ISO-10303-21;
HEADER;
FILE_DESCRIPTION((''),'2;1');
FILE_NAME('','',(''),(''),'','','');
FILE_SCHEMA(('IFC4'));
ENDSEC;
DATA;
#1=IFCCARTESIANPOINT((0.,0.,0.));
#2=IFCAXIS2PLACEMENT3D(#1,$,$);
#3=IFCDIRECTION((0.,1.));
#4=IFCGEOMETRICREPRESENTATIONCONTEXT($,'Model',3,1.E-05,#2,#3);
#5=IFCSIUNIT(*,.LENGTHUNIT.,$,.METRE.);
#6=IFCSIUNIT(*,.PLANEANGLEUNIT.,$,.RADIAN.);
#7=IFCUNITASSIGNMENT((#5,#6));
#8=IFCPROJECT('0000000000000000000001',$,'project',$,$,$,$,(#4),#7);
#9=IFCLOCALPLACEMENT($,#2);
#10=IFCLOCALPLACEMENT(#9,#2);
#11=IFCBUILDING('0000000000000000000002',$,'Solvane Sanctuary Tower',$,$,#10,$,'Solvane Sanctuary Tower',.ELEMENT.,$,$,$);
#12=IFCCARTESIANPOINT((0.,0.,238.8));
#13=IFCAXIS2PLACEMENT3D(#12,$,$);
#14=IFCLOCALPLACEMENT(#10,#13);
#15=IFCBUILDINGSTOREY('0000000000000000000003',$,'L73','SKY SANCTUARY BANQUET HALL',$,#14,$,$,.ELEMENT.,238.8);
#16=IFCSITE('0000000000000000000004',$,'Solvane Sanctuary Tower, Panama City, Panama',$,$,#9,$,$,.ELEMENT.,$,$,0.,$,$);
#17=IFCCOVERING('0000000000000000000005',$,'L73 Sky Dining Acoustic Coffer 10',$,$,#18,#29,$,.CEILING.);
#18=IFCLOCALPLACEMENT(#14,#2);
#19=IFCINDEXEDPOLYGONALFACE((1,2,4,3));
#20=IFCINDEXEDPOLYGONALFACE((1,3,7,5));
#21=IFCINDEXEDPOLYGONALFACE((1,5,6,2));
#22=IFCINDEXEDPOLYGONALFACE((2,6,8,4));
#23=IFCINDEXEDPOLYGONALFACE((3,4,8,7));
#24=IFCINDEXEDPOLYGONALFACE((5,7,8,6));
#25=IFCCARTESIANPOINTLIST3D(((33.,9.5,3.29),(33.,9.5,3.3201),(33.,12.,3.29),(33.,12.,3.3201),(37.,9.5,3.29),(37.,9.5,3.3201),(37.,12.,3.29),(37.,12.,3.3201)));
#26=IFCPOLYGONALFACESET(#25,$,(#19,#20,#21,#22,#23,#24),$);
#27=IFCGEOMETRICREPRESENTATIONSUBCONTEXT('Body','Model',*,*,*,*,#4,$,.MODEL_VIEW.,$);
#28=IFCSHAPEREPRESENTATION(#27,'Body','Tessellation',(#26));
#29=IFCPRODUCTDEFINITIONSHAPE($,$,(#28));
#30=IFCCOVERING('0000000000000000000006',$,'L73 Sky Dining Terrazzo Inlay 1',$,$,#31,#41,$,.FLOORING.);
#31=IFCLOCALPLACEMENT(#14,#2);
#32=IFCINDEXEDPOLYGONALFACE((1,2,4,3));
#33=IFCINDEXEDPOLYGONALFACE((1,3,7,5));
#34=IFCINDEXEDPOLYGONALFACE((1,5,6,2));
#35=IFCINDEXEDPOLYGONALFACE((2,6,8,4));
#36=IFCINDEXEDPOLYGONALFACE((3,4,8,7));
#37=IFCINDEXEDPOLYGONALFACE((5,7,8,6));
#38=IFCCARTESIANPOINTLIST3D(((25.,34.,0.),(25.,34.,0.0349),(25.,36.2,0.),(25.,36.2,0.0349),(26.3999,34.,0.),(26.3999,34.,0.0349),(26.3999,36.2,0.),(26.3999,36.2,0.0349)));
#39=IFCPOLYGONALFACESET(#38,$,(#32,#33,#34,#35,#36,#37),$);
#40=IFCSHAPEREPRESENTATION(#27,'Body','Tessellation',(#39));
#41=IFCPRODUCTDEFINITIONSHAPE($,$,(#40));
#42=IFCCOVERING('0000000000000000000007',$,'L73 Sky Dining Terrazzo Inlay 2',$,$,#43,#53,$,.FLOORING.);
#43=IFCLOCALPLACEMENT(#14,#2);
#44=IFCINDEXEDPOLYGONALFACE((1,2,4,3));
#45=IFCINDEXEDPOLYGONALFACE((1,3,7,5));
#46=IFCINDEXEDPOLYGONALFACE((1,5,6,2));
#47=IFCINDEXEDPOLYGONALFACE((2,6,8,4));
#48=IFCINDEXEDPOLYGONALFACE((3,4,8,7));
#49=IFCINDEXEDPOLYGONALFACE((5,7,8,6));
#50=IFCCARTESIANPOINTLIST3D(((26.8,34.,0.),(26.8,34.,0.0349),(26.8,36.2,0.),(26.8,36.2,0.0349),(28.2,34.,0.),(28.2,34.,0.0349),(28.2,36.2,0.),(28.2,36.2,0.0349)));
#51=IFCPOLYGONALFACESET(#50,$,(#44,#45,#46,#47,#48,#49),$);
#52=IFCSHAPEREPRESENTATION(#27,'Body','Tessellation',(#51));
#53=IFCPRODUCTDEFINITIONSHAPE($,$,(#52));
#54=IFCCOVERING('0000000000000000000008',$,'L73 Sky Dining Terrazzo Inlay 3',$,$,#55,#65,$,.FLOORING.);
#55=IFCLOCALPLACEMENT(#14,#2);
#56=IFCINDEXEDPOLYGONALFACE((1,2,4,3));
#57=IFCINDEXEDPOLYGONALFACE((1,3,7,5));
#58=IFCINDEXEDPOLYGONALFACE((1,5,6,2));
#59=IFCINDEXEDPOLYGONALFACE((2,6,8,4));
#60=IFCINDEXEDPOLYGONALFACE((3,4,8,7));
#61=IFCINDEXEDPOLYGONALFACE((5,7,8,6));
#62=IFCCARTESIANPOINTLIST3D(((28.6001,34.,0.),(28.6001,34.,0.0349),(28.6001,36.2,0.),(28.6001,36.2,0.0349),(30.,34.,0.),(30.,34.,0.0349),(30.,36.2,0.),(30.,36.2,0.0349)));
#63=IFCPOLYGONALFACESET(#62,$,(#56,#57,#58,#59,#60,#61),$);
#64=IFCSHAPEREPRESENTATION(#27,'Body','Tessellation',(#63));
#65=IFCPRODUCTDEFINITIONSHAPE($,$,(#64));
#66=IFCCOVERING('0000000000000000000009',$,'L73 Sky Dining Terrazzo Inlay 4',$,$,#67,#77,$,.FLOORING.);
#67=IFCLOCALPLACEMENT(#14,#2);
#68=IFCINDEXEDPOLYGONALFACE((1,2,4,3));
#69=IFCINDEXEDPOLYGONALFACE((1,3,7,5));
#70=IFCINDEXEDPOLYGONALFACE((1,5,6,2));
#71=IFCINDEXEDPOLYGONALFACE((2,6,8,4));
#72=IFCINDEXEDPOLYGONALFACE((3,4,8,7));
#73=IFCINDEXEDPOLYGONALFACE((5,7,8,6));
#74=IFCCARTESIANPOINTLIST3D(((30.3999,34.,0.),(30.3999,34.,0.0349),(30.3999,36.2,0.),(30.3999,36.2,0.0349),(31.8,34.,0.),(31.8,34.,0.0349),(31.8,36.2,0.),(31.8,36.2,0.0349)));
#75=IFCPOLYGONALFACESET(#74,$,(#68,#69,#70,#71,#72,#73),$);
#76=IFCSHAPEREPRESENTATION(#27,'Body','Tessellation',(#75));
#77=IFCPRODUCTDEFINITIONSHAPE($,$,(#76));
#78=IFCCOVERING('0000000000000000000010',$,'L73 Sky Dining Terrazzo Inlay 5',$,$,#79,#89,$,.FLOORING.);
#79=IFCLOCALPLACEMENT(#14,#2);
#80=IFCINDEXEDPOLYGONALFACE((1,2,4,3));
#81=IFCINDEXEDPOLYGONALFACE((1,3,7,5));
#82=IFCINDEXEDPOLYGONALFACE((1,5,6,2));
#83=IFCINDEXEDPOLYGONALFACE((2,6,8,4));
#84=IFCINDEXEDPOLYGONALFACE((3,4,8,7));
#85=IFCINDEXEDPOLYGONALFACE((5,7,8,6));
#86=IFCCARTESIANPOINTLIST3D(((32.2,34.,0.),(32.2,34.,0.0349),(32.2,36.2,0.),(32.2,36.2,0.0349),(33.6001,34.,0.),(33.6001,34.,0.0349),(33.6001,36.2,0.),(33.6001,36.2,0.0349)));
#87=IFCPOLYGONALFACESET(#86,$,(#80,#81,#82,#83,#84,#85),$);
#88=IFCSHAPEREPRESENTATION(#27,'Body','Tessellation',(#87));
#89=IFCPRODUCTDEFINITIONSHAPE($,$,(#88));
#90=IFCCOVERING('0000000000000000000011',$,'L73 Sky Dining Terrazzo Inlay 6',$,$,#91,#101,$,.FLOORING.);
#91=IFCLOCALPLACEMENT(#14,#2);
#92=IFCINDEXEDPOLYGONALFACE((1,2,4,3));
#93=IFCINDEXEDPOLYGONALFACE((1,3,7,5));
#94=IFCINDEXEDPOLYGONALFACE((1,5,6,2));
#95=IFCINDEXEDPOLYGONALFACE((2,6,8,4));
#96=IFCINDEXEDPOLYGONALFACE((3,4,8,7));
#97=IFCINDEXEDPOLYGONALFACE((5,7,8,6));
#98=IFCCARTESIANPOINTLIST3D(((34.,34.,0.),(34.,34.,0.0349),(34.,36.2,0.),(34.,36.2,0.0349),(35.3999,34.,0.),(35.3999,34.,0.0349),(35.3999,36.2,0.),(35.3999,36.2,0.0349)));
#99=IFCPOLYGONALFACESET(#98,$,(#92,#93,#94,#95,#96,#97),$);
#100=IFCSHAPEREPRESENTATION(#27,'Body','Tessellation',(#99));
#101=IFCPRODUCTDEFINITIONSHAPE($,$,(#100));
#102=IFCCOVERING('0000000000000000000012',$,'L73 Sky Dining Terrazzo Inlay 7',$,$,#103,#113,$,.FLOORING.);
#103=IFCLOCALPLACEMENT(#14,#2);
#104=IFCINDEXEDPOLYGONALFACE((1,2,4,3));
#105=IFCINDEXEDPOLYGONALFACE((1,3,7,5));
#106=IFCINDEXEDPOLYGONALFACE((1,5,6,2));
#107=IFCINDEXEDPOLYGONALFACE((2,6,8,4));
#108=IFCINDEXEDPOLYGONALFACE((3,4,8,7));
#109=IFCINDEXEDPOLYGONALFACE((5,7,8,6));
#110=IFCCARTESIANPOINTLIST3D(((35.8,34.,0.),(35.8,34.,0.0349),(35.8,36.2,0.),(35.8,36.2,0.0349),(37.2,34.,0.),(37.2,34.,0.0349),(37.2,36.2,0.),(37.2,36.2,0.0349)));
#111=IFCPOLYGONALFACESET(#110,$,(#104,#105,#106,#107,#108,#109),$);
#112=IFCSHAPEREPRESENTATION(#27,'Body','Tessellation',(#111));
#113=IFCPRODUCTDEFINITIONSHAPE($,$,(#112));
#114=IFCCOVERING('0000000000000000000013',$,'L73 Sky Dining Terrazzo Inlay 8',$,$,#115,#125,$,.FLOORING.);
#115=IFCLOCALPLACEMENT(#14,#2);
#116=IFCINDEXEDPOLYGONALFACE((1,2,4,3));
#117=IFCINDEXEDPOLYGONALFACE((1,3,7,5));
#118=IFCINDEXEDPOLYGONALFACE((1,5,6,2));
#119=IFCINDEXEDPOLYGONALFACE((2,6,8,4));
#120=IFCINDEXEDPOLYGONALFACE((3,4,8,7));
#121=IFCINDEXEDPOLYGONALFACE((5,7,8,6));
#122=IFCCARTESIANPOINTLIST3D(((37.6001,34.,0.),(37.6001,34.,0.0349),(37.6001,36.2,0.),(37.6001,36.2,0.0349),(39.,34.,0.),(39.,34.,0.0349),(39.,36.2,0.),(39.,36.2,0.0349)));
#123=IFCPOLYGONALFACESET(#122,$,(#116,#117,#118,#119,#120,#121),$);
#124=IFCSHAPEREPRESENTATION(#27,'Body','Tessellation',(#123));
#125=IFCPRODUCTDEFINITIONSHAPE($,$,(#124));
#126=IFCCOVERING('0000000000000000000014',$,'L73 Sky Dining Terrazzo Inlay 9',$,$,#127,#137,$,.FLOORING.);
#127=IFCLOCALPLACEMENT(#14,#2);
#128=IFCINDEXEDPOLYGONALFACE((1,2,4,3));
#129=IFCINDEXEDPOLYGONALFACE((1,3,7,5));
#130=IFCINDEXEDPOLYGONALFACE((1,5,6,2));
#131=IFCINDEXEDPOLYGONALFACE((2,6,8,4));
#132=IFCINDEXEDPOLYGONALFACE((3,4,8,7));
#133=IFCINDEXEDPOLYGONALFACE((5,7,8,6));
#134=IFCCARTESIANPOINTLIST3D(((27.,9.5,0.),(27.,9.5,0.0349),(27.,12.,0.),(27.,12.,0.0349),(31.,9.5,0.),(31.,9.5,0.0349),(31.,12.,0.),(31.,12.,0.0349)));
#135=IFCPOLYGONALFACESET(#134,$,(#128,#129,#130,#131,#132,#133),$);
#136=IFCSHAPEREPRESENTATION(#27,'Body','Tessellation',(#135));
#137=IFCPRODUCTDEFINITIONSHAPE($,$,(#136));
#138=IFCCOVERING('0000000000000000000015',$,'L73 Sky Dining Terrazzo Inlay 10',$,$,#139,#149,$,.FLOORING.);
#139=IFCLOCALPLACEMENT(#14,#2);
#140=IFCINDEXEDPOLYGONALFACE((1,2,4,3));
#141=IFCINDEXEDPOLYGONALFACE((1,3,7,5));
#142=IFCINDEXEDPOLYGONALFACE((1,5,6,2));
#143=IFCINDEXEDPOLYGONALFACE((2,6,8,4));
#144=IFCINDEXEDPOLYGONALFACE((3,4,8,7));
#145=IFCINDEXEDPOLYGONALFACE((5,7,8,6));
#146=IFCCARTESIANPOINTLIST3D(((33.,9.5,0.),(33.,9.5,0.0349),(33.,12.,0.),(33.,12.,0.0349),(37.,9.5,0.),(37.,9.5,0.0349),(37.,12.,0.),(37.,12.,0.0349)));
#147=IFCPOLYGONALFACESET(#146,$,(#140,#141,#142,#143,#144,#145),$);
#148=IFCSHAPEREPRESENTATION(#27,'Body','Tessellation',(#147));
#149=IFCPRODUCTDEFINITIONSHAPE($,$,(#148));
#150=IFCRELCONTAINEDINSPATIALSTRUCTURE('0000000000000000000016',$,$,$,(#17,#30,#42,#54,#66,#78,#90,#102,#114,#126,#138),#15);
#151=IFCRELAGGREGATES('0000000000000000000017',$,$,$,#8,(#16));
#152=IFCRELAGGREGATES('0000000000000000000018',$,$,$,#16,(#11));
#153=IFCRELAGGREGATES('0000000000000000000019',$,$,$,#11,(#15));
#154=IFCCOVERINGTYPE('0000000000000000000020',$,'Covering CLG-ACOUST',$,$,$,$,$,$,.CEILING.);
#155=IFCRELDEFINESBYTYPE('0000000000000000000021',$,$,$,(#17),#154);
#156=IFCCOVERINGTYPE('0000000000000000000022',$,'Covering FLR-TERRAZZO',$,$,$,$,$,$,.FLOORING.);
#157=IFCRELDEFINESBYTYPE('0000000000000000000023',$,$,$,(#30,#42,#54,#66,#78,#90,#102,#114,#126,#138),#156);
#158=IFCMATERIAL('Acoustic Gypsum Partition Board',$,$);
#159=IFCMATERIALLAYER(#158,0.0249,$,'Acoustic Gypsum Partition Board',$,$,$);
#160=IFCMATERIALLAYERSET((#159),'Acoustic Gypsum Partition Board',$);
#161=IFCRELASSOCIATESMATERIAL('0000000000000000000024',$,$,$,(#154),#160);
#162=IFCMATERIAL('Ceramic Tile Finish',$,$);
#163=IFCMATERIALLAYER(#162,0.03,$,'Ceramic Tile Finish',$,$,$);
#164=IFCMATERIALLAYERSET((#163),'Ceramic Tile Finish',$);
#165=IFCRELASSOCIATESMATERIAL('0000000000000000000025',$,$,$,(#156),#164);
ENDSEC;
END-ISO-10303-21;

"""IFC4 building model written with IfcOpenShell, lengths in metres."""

from ifc_helpers import new_model, si_unit, direction, frame, origin, place, context, subcontext, project, spatial, polyline, outline, extrude, material, layer, layer_set, type_object, element, save


model = new_model("IFC4")

# Units and contexts
model_context = context("Model", 3, precision=1e-05, world=origin(), true_north=direction((0.0, 1.0)))
body_context = subcontext(model_context, "Body", "Model", "MODEL_VIEW")
ifc_project = project(units=[si_unit("LENGTHUNIT", "METRE"), si_unit("PLANEANGLEUNIT", "RADIAN")], contexts=[model_context])

# Site, building, storey
site_placement = place(None, origin())
site = spatial("IfcSite", under=ifc_project, at=site_placement, Name="Solvane Sanctuary Tower, Panama City, Panama", CompositionType="ELEMENT", RefElevation=0.0)
building_placement = place(site_placement, origin())
building = spatial("IfcBuilding", under=site, at=building_placement, Name="Solvane Sanctuary Tower", LongName="Solvane Sanctuary Tower", CompositionType="ELEMENT")
storey_placement = place(building_placement, frame((0.0, 0.0, 238.8)))
storey = spatial("IfcBuildingStorey", under=building, at=storey_placement, Name="L73", Description="SKY SANCTUARY BANQUET HALL", CompositionType="ELEMENT", Elevation=238.8)

# Shared definitions
ifc_material_1 = material(Name="Acoustic Gypsum Partition Board")

# Coverings
ifc_layer_1 = layer(ifc_material_1, 0.0249, Name="Acoustic Gypsum Partition Board")
ifc_layer_set_1 = layer_set([ifc_layer_1], Name="Acoustic Gypsum Partition Board")
covering_type_1 = type_object("IfcCoveringType", Name="Covering CLG-ACOUST", PredefinedType="CEILING", material=ifc_layer_set_1)
covering_1_placement = place(storey_placement, frame((0.0, 0.0, 3.29)))
element("IfcCovering", 1, at=covering_1_placement, inside=storey, type_object=covering_type_1, Name="L73 Sky Dining Acoustic Coffer 10", PredefinedType="CEILING", context=body_context, shape_type="SweptSolid", body=[
    extrude(outline(polyline([(33.0, 9.5), (37.0, 9.5), (37.0, 12.0), (33.0, 12.0), (33.0, 9.5)])), origin(), (0.0, 0.0, 1.0), 0.03),
])
ifc_material_2 = material(Name="Ceramic Tile Finish")
ifc_layer_2 = layer(ifc_material_2, 0.03, Name="Ceramic Tile Finish")
ifc_layer_set_2 = layer_set([ifc_layer_2], Name="Ceramic Tile Finish")
covering_type_2 = type_object("IfcCoveringType", Name="Covering FLR-TERRAZZO", PredefinedType="FLOORING", material=ifc_layer_set_2)
covering_2_placement = place(storey_placement, origin())
element("IfcCovering", 2, at=covering_2_placement, inside=storey, type_object=covering_type_2, Name="L73 Sky Dining Terrazzo Inlay 1", PredefinedType="FLOORING", context=body_context, shape_type="SweptSolid", body=[
    extrude(outline(polyline([(25.0, 34.0), (26.3999, 34.0), (26.3999, 36.2), (25.0, 36.2), (25.0, 34.0)])), origin(), (0.0, 0.0, 1.0), 0.0349),
])
covering_3_placement = place(storey_placement, origin())
element("IfcCovering", 3, at=covering_3_placement, inside=storey, type_object=covering_type_2, Name="L73 Sky Dining Terrazzo Inlay 2", PredefinedType="FLOORING", context=body_context, shape_type="SweptSolid", body=[
    extrude(outline(polyline([(26.8, 34.0), (28.2, 34.0), (28.2, 36.2), (26.8, 36.2), (26.8, 34.0)])), origin(), (0.0, 0.0, 1.0), 0.0349),
])
covering_4_placement = place(storey_placement, origin())
element("IfcCovering", 4, at=covering_4_placement, inside=storey, type_object=covering_type_2, Name="L73 Sky Dining Terrazzo Inlay 3", PredefinedType="FLOORING", context=body_context, shape_type="SweptSolid", body=[
    extrude(outline(polyline([(28.6001, 34.0), (30.0, 34.0), (30.0, 36.2), (28.6001, 36.2), (28.6001, 34.0)])), origin(), (0.0, 0.0, 1.0), 0.0349),
])
covering_5_placement = place(storey_placement, origin())
element("IfcCovering", 5, at=covering_5_placement, inside=storey, type_object=covering_type_2, Name="L73 Sky Dining Terrazzo Inlay 4", PredefinedType="FLOORING", context=body_context, shape_type="SweptSolid", body=[
    extrude(outline(polyline([(30.3999, 34.0), (31.8, 34.0), (31.8, 36.2), (30.3999, 36.2), (30.3999, 34.0)])), origin(), (0.0, 0.0, 1.0), 0.0349),
])
covering_6_placement = place(storey_placement, origin())
element("IfcCovering", 6, at=covering_6_placement, inside=storey, type_object=covering_type_2, Name="L73 Sky Dining Terrazzo Inlay 5", PredefinedType="FLOORING", context=body_context, shape_type="SweptSolid", body=[
    extrude(outline(polyline([(32.2, 34.0), (33.6001, 34.0), (33.6001, 36.2), (32.2, 36.2), (32.2, 34.0)])), origin(), (0.0, 0.0, 1.0), 0.0349),
])
covering_7_placement = place(storey_placement, origin())
element("IfcCovering", 7, at=covering_7_placement, inside=storey, type_object=covering_type_2, Name="L73 Sky Dining Terrazzo Inlay 6", PredefinedType="FLOORING", context=body_context, shape_type="SweptSolid", body=[
    extrude(outline(polyline([(34.0, 34.0), (35.3999, 34.0), (35.3999, 36.2), (34.0, 36.2), (34.0, 34.0)])), origin(), (0.0, 0.0, 1.0), 0.0349),
])
covering_8_placement = place(storey_placement, origin())
element("IfcCovering", 8, at=covering_8_placement, inside=storey, type_object=covering_type_2, Name="L73 Sky Dining Terrazzo Inlay 7", PredefinedType="FLOORING", context=body_context, shape_type="SweptSolid", body=[
    extrude(outline(polyline([(35.8, 34.0), (37.2, 34.0), (37.2, 36.2), (35.8, 36.2), (35.8, 34.0)])), origin(), (0.0, 0.0, 1.0), 0.0349),
])
covering_9_placement = place(storey_placement, origin())
element("IfcCovering", 9, at=covering_9_placement, inside=storey, type_object=covering_type_2, Name="L73 Sky Dining Terrazzo Inlay 8", PredefinedType="FLOORING", context=body_context, shape_type="SweptSolid", body=[
    extrude(outline(polyline([(37.6001, 34.0), (39.0, 34.0), (39.0, 36.2), (37.6001, 36.2), (37.6001, 34.0)])), origin(), (0.0, 0.0, 1.0), 0.0349),
])
covering_10_placement = place(storey_placement, origin())
element("IfcCovering", 10, at=covering_10_placement, inside=storey, type_object=covering_type_2, Name="L73 Sky Dining Terrazzo Inlay 9", PredefinedType="FLOORING", context=body_context, shape_type="SweptSolid", body=[
    extrude(outline(polyline([(27.0, 9.5), (31.0, 9.5), (31.0, 12.0), (27.0, 12.0), (27.0, 9.5)])), origin(), (0.0, 0.0, 1.0), 0.0349),
])
covering_11_placement = place(storey_placement, origin())
element("IfcCovering", 11, at=covering_11_placement, inside=storey, type_object=covering_type_2, Name="L73 Sky Dining Terrazzo Inlay 10", PredefinedType="FLOORING", context=body_context, shape_type="SweptSolid", body=[
    extrude(outline(polyline([(33.0, 9.5), (37.0, 9.5), (37.0, 12.0), (33.0, 12.0), (33.0, 9.5)])), origin(), (0.0, 0.0, 1.0), 0.0349),
])

save(model, "model.ifc")
